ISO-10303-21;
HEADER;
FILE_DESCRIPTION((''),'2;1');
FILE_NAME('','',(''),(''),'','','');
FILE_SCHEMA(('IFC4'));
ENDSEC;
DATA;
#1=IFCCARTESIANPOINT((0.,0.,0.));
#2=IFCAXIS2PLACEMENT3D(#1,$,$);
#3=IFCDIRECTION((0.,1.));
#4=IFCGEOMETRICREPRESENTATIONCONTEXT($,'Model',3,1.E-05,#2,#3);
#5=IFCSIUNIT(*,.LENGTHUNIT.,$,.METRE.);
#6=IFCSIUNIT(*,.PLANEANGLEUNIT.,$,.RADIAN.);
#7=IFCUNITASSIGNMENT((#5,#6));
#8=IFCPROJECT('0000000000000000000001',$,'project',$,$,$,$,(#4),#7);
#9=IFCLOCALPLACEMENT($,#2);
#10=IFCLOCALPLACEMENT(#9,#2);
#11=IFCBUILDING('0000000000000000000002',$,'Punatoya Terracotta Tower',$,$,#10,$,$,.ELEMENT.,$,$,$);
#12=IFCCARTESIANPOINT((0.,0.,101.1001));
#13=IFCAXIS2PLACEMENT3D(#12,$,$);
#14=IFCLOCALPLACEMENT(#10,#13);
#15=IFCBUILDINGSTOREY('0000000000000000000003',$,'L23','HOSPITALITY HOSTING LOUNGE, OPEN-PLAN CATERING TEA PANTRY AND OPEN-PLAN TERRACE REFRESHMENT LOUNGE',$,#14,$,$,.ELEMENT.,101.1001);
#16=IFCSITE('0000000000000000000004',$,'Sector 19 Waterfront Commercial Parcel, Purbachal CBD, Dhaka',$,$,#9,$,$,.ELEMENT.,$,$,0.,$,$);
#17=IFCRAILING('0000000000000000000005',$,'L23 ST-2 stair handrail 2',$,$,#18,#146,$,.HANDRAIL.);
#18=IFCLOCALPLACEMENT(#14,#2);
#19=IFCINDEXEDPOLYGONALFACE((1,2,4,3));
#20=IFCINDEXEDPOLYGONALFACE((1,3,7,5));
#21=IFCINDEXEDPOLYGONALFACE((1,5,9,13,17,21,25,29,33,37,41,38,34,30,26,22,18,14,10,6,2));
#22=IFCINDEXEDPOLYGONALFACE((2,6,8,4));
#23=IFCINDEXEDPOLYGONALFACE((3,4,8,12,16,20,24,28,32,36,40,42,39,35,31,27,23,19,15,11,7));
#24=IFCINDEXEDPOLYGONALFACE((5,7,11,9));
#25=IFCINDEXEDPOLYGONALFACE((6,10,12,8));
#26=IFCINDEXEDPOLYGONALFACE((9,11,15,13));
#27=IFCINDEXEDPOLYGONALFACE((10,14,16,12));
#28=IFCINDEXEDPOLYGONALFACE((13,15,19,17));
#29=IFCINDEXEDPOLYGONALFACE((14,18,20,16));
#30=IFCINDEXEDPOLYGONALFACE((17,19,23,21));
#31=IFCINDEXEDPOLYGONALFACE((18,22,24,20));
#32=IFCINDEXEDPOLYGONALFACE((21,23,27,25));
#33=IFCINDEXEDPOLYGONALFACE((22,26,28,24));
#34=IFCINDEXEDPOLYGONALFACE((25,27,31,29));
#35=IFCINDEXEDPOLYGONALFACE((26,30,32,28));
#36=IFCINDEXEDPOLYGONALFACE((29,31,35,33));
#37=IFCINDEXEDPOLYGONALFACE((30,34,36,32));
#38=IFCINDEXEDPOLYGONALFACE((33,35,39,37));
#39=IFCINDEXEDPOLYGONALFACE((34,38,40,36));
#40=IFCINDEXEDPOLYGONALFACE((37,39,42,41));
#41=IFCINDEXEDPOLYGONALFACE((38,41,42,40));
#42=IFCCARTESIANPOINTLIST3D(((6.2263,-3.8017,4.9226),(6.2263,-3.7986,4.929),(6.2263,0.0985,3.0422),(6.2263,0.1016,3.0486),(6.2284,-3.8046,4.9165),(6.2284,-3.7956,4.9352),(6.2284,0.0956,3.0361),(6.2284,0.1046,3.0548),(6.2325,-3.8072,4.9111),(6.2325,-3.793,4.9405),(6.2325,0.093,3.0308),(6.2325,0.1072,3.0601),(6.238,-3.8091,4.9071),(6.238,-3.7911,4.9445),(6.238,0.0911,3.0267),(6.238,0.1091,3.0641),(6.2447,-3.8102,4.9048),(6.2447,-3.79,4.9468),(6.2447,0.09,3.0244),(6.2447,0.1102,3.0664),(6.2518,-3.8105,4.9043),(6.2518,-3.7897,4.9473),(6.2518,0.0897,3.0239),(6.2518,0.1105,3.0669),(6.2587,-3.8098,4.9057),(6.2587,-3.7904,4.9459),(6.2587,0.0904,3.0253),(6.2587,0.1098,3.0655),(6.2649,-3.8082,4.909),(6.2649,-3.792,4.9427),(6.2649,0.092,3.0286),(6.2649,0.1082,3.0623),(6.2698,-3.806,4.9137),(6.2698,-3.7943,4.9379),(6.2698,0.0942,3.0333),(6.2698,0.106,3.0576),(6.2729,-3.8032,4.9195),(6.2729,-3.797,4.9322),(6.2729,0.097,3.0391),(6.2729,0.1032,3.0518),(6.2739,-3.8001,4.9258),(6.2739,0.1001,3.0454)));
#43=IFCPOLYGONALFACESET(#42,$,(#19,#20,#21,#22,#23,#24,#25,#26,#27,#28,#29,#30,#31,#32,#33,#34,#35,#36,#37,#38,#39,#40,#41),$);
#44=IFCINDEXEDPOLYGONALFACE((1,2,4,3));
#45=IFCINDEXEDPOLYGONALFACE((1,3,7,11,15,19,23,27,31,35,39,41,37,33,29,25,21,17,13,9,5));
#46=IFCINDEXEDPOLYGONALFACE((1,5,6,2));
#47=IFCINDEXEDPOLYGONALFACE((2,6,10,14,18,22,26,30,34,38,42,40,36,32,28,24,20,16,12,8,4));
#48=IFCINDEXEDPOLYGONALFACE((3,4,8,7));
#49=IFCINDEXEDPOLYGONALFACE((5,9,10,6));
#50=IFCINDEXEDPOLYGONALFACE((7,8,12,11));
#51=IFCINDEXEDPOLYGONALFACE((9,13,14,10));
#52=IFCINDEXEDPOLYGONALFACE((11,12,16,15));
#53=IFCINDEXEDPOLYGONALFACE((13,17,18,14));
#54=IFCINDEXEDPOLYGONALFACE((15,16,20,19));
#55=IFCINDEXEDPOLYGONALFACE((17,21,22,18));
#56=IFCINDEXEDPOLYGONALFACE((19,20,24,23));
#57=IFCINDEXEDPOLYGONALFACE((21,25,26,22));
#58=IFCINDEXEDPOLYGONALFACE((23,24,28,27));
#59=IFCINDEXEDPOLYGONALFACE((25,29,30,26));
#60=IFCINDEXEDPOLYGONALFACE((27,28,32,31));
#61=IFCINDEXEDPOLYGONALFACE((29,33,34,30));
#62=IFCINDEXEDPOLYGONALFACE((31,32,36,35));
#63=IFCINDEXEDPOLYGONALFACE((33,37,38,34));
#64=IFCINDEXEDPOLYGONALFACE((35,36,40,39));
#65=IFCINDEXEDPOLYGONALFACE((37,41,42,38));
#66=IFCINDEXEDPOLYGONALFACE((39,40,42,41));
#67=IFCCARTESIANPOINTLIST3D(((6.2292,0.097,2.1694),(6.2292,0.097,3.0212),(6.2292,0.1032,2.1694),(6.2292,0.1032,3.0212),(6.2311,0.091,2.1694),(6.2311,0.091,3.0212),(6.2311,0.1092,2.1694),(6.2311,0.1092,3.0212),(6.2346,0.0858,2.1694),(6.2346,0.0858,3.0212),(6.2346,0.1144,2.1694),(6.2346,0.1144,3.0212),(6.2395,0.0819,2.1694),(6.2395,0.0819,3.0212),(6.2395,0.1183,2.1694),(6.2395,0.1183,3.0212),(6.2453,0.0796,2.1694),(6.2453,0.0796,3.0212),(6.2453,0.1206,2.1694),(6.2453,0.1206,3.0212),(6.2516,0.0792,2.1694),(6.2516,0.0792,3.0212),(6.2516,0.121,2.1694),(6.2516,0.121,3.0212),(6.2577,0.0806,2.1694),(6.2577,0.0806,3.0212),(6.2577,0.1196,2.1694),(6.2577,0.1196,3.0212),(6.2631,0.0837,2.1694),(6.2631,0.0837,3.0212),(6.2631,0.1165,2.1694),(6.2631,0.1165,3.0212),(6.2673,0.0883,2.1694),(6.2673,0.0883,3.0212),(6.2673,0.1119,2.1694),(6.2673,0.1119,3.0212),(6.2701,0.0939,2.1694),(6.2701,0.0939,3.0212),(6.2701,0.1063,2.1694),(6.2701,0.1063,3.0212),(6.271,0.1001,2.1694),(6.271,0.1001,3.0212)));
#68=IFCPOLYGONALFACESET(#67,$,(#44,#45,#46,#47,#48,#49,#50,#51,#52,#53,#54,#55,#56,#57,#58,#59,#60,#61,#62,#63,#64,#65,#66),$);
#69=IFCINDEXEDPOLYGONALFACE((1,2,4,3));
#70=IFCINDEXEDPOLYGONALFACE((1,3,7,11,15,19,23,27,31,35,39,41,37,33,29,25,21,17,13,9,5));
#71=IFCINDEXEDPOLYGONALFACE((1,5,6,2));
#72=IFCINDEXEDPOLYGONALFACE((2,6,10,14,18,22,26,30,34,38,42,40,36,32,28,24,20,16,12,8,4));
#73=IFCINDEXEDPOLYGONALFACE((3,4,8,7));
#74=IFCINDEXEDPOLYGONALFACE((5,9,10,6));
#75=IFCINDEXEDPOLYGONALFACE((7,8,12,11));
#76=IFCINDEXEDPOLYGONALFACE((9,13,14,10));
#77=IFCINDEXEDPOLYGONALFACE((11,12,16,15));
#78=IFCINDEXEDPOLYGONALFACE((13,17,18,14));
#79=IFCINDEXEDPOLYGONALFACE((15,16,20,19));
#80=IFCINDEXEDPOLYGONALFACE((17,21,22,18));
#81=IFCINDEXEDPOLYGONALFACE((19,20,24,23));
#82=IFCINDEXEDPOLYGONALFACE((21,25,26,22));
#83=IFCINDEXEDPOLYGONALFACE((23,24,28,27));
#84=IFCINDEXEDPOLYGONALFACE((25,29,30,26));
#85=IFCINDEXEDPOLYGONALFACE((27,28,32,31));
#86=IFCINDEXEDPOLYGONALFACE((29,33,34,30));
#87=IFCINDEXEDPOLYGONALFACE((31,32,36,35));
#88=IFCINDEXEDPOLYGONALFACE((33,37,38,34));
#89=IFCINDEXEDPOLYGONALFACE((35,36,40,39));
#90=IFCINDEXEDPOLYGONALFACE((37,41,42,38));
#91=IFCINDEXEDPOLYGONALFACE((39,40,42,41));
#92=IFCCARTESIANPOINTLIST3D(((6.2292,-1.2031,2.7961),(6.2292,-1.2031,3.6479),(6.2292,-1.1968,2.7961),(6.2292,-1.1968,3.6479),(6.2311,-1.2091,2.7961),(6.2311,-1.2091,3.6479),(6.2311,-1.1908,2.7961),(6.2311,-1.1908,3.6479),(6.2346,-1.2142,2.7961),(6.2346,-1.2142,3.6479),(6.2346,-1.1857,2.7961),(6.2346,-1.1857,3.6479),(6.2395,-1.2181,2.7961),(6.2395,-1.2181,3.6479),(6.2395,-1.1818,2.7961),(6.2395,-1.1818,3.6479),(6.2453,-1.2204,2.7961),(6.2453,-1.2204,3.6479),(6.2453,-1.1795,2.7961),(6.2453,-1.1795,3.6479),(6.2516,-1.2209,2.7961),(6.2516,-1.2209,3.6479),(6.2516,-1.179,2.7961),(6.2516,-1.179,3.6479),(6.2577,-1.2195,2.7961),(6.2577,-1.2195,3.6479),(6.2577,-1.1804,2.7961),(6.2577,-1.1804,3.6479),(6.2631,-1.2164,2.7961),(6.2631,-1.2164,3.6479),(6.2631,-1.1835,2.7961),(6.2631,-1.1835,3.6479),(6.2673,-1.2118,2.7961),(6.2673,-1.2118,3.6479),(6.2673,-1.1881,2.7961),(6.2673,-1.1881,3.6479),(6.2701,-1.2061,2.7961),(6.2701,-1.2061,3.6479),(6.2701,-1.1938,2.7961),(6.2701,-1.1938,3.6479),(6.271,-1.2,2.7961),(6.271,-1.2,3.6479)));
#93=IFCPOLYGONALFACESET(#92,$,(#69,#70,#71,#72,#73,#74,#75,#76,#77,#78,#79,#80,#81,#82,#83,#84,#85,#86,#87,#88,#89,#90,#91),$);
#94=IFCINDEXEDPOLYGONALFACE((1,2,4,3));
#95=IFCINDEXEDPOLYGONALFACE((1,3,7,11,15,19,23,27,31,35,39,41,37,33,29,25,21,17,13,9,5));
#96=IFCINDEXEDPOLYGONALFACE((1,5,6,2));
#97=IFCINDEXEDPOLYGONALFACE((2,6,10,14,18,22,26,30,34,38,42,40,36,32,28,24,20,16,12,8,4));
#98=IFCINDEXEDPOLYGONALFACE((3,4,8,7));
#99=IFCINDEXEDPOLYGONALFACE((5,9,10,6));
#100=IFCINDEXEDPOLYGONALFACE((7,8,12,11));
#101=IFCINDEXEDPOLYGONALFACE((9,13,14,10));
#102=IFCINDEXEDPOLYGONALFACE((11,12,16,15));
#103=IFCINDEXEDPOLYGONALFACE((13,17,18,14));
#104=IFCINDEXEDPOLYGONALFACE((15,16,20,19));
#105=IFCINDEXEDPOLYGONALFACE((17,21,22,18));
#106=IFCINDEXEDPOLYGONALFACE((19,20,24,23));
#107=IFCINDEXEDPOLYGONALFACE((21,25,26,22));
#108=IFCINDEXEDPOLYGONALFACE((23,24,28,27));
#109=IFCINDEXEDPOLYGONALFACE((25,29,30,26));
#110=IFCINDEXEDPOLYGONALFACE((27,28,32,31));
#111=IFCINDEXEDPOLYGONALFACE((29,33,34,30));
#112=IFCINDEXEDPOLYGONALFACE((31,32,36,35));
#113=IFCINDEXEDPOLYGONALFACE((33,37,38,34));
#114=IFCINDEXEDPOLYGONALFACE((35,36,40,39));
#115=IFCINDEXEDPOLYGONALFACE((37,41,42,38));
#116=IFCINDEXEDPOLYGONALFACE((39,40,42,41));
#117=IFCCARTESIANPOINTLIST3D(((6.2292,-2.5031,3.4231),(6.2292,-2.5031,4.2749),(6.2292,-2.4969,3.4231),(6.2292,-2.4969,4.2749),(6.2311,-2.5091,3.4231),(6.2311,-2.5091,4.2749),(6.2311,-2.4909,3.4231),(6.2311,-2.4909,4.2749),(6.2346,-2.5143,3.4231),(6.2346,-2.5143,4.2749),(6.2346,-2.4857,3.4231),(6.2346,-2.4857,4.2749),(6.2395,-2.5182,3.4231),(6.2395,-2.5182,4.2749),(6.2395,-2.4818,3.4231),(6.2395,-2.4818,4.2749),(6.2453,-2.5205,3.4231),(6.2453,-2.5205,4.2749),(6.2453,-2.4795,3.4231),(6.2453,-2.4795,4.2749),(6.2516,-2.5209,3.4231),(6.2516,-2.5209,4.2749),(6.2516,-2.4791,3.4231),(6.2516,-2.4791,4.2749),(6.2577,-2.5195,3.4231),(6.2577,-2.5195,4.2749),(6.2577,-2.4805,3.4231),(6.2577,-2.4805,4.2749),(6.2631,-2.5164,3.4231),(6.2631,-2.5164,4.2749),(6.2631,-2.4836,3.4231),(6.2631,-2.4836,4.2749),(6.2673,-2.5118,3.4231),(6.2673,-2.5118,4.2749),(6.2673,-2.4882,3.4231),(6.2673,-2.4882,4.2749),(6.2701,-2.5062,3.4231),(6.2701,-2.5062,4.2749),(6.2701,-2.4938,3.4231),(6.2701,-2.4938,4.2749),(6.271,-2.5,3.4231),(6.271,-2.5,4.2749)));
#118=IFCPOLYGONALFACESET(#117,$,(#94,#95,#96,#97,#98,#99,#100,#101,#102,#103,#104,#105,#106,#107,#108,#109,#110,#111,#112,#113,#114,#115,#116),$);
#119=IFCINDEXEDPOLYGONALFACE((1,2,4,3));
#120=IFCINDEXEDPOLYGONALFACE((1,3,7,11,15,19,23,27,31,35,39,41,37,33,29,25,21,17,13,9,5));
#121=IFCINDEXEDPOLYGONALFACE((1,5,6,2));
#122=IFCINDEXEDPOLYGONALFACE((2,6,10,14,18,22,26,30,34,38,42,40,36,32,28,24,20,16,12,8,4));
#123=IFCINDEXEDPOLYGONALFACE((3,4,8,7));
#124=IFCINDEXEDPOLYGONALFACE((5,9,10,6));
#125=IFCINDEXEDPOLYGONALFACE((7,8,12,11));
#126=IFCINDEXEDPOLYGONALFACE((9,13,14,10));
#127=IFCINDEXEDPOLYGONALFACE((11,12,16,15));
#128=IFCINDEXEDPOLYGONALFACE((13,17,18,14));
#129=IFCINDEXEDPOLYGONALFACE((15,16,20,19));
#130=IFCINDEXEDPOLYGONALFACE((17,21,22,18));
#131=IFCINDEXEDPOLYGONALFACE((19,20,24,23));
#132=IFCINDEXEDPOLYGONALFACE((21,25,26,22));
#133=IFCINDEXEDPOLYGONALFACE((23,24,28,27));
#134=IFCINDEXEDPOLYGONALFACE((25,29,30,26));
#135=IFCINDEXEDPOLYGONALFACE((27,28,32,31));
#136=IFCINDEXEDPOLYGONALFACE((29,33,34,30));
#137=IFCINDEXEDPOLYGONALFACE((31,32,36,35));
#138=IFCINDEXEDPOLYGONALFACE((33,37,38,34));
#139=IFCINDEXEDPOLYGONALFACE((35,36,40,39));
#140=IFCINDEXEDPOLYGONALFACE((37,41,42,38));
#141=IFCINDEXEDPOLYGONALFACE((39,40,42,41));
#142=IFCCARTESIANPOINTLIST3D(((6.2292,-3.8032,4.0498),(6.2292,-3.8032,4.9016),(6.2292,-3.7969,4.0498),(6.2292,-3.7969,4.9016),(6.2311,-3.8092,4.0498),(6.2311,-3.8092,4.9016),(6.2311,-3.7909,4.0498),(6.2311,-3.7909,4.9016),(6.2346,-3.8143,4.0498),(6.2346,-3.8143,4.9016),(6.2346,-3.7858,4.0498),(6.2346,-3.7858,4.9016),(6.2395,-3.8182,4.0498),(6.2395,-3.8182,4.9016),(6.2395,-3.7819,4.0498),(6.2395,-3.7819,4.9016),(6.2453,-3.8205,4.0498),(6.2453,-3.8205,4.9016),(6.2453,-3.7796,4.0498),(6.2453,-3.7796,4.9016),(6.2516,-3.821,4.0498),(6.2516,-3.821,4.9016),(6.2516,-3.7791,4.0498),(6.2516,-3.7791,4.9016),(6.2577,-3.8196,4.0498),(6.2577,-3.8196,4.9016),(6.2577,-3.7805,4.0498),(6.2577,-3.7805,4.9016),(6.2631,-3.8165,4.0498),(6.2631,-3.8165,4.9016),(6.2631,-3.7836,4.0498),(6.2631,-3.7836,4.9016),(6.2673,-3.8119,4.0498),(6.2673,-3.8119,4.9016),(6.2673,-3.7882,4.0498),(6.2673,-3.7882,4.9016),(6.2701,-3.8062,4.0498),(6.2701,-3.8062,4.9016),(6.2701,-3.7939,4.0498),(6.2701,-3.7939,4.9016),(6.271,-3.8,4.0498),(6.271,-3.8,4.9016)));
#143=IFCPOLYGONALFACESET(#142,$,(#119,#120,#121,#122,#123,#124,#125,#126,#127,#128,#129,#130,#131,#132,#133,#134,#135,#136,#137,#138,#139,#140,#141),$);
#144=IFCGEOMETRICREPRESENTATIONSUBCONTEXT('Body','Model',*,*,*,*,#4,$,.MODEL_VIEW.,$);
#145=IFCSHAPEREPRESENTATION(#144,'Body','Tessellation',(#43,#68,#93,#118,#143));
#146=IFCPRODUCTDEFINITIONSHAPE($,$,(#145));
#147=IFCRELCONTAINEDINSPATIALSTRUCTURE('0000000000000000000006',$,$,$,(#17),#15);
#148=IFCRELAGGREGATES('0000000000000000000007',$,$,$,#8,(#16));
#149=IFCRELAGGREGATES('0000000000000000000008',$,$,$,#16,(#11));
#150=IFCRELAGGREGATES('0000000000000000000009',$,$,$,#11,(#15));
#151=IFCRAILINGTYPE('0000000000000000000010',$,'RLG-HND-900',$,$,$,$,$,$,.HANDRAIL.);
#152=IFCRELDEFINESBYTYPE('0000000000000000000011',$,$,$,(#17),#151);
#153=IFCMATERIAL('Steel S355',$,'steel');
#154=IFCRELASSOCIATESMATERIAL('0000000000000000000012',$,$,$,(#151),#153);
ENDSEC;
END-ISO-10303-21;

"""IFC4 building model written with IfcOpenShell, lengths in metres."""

from ifc_helpers import new_model, si_unit, direction, frame, origin, origin_2d, place, context, subcontext, project, spatial, circle, extrude, material, type_object, element, save


model = new_model("IFC4")

# Units and contexts
model_context = context("Model", 3, precision=1e-05, world=origin(), true_north=direction((0.0, 1.0)))
body_context = subcontext(model_context, "Body", "Model", "MODEL_VIEW")
ifc_project = project(units=[si_unit("LENGTHUNIT", "METRE"), si_unit("PLANEANGLEUNIT", "RADIAN")], contexts=[model_context])

# Site, building, storey
site_placement = place(None, origin())
site = spatial("IfcSite", under=ifc_project, at=site_placement, Name="Sector 19 Waterfront Commercial Parcel, Purbachal CBD, Dhaka", CompositionType="ELEMENT", RefElevation=0.0)
building_placement = place(site_placement, origin())
building = spatial("IfcBuilding", under=site, at=building_placement, Name="Punatoya Terracotta Tower", CompositionType="ELEMENT")
storey_placement = place(building_placement, frame((0.0, 0.0, 101.1001)))
storey = spatial("IfcBuildingStorey", under=building, at=storey_placement, Name="L23", Description="HOSPITALITY HOSTING LOUNGE, OPEN-PLAN CATERING TEA PANTRY AND OPEN-PLAN TERRACE REFRESHMENT LOUNGE", CompositionType="ELEMENT", Elevation=101.1001)

# Shared definitions
ifc_material_1 = material(Name="Steel S355", Category="steel")

# Railing
railing_type_1 = type_object("IfcRailingType", Name="RLG-HND-900", PredefinedType="HANDRAIL", material=ifc_material_1)
railing_1_placement = place(storey_placement, frame((6.25, 0.1001, 2.1694)))
element("IfcRailing", 1, at=railing_1_placement, inside=storey, type_object=railing_type_1, Name="L23 ST-2 stair handrail 2", PredefinedType="HANDRAIL", context=body_context, shape_type="SweptSolid", body=[
    extrude(circle(Radius=0.0239, at=origin_2d()), frame((0.0, 0.0, 0.876), z_axis=(0.0, -0.900774, 0.434289), x_axis=(1.0, 0.0, 0.0)), (0.0, 0.0, 1.0), 4.3298),
    extrude(circle(Radius=0.021, at=origin_2d()), origin(), (0.0, 0.0, 1.0), 0.8518),
    extrude(circle(Radius=0.021, at=origin_2d()), frame((0.0, -1.3, 0.6267)), (0.0, 0.0, 1.0), 0.8518),
    extrude(circle(Radius=0.021, at=origin_2d()), frame((0.0, -2.6001, 1.2537)), (0.0, 0.0, 1.0), 0.8518),
    extrude(circle(Radius=0.021, at=origin_2d()), frame((0.0, -3.9001, 1.8804)), (0.0, 0.0, 1.0), 0.8518),
])

save(model, "model.ifc")
